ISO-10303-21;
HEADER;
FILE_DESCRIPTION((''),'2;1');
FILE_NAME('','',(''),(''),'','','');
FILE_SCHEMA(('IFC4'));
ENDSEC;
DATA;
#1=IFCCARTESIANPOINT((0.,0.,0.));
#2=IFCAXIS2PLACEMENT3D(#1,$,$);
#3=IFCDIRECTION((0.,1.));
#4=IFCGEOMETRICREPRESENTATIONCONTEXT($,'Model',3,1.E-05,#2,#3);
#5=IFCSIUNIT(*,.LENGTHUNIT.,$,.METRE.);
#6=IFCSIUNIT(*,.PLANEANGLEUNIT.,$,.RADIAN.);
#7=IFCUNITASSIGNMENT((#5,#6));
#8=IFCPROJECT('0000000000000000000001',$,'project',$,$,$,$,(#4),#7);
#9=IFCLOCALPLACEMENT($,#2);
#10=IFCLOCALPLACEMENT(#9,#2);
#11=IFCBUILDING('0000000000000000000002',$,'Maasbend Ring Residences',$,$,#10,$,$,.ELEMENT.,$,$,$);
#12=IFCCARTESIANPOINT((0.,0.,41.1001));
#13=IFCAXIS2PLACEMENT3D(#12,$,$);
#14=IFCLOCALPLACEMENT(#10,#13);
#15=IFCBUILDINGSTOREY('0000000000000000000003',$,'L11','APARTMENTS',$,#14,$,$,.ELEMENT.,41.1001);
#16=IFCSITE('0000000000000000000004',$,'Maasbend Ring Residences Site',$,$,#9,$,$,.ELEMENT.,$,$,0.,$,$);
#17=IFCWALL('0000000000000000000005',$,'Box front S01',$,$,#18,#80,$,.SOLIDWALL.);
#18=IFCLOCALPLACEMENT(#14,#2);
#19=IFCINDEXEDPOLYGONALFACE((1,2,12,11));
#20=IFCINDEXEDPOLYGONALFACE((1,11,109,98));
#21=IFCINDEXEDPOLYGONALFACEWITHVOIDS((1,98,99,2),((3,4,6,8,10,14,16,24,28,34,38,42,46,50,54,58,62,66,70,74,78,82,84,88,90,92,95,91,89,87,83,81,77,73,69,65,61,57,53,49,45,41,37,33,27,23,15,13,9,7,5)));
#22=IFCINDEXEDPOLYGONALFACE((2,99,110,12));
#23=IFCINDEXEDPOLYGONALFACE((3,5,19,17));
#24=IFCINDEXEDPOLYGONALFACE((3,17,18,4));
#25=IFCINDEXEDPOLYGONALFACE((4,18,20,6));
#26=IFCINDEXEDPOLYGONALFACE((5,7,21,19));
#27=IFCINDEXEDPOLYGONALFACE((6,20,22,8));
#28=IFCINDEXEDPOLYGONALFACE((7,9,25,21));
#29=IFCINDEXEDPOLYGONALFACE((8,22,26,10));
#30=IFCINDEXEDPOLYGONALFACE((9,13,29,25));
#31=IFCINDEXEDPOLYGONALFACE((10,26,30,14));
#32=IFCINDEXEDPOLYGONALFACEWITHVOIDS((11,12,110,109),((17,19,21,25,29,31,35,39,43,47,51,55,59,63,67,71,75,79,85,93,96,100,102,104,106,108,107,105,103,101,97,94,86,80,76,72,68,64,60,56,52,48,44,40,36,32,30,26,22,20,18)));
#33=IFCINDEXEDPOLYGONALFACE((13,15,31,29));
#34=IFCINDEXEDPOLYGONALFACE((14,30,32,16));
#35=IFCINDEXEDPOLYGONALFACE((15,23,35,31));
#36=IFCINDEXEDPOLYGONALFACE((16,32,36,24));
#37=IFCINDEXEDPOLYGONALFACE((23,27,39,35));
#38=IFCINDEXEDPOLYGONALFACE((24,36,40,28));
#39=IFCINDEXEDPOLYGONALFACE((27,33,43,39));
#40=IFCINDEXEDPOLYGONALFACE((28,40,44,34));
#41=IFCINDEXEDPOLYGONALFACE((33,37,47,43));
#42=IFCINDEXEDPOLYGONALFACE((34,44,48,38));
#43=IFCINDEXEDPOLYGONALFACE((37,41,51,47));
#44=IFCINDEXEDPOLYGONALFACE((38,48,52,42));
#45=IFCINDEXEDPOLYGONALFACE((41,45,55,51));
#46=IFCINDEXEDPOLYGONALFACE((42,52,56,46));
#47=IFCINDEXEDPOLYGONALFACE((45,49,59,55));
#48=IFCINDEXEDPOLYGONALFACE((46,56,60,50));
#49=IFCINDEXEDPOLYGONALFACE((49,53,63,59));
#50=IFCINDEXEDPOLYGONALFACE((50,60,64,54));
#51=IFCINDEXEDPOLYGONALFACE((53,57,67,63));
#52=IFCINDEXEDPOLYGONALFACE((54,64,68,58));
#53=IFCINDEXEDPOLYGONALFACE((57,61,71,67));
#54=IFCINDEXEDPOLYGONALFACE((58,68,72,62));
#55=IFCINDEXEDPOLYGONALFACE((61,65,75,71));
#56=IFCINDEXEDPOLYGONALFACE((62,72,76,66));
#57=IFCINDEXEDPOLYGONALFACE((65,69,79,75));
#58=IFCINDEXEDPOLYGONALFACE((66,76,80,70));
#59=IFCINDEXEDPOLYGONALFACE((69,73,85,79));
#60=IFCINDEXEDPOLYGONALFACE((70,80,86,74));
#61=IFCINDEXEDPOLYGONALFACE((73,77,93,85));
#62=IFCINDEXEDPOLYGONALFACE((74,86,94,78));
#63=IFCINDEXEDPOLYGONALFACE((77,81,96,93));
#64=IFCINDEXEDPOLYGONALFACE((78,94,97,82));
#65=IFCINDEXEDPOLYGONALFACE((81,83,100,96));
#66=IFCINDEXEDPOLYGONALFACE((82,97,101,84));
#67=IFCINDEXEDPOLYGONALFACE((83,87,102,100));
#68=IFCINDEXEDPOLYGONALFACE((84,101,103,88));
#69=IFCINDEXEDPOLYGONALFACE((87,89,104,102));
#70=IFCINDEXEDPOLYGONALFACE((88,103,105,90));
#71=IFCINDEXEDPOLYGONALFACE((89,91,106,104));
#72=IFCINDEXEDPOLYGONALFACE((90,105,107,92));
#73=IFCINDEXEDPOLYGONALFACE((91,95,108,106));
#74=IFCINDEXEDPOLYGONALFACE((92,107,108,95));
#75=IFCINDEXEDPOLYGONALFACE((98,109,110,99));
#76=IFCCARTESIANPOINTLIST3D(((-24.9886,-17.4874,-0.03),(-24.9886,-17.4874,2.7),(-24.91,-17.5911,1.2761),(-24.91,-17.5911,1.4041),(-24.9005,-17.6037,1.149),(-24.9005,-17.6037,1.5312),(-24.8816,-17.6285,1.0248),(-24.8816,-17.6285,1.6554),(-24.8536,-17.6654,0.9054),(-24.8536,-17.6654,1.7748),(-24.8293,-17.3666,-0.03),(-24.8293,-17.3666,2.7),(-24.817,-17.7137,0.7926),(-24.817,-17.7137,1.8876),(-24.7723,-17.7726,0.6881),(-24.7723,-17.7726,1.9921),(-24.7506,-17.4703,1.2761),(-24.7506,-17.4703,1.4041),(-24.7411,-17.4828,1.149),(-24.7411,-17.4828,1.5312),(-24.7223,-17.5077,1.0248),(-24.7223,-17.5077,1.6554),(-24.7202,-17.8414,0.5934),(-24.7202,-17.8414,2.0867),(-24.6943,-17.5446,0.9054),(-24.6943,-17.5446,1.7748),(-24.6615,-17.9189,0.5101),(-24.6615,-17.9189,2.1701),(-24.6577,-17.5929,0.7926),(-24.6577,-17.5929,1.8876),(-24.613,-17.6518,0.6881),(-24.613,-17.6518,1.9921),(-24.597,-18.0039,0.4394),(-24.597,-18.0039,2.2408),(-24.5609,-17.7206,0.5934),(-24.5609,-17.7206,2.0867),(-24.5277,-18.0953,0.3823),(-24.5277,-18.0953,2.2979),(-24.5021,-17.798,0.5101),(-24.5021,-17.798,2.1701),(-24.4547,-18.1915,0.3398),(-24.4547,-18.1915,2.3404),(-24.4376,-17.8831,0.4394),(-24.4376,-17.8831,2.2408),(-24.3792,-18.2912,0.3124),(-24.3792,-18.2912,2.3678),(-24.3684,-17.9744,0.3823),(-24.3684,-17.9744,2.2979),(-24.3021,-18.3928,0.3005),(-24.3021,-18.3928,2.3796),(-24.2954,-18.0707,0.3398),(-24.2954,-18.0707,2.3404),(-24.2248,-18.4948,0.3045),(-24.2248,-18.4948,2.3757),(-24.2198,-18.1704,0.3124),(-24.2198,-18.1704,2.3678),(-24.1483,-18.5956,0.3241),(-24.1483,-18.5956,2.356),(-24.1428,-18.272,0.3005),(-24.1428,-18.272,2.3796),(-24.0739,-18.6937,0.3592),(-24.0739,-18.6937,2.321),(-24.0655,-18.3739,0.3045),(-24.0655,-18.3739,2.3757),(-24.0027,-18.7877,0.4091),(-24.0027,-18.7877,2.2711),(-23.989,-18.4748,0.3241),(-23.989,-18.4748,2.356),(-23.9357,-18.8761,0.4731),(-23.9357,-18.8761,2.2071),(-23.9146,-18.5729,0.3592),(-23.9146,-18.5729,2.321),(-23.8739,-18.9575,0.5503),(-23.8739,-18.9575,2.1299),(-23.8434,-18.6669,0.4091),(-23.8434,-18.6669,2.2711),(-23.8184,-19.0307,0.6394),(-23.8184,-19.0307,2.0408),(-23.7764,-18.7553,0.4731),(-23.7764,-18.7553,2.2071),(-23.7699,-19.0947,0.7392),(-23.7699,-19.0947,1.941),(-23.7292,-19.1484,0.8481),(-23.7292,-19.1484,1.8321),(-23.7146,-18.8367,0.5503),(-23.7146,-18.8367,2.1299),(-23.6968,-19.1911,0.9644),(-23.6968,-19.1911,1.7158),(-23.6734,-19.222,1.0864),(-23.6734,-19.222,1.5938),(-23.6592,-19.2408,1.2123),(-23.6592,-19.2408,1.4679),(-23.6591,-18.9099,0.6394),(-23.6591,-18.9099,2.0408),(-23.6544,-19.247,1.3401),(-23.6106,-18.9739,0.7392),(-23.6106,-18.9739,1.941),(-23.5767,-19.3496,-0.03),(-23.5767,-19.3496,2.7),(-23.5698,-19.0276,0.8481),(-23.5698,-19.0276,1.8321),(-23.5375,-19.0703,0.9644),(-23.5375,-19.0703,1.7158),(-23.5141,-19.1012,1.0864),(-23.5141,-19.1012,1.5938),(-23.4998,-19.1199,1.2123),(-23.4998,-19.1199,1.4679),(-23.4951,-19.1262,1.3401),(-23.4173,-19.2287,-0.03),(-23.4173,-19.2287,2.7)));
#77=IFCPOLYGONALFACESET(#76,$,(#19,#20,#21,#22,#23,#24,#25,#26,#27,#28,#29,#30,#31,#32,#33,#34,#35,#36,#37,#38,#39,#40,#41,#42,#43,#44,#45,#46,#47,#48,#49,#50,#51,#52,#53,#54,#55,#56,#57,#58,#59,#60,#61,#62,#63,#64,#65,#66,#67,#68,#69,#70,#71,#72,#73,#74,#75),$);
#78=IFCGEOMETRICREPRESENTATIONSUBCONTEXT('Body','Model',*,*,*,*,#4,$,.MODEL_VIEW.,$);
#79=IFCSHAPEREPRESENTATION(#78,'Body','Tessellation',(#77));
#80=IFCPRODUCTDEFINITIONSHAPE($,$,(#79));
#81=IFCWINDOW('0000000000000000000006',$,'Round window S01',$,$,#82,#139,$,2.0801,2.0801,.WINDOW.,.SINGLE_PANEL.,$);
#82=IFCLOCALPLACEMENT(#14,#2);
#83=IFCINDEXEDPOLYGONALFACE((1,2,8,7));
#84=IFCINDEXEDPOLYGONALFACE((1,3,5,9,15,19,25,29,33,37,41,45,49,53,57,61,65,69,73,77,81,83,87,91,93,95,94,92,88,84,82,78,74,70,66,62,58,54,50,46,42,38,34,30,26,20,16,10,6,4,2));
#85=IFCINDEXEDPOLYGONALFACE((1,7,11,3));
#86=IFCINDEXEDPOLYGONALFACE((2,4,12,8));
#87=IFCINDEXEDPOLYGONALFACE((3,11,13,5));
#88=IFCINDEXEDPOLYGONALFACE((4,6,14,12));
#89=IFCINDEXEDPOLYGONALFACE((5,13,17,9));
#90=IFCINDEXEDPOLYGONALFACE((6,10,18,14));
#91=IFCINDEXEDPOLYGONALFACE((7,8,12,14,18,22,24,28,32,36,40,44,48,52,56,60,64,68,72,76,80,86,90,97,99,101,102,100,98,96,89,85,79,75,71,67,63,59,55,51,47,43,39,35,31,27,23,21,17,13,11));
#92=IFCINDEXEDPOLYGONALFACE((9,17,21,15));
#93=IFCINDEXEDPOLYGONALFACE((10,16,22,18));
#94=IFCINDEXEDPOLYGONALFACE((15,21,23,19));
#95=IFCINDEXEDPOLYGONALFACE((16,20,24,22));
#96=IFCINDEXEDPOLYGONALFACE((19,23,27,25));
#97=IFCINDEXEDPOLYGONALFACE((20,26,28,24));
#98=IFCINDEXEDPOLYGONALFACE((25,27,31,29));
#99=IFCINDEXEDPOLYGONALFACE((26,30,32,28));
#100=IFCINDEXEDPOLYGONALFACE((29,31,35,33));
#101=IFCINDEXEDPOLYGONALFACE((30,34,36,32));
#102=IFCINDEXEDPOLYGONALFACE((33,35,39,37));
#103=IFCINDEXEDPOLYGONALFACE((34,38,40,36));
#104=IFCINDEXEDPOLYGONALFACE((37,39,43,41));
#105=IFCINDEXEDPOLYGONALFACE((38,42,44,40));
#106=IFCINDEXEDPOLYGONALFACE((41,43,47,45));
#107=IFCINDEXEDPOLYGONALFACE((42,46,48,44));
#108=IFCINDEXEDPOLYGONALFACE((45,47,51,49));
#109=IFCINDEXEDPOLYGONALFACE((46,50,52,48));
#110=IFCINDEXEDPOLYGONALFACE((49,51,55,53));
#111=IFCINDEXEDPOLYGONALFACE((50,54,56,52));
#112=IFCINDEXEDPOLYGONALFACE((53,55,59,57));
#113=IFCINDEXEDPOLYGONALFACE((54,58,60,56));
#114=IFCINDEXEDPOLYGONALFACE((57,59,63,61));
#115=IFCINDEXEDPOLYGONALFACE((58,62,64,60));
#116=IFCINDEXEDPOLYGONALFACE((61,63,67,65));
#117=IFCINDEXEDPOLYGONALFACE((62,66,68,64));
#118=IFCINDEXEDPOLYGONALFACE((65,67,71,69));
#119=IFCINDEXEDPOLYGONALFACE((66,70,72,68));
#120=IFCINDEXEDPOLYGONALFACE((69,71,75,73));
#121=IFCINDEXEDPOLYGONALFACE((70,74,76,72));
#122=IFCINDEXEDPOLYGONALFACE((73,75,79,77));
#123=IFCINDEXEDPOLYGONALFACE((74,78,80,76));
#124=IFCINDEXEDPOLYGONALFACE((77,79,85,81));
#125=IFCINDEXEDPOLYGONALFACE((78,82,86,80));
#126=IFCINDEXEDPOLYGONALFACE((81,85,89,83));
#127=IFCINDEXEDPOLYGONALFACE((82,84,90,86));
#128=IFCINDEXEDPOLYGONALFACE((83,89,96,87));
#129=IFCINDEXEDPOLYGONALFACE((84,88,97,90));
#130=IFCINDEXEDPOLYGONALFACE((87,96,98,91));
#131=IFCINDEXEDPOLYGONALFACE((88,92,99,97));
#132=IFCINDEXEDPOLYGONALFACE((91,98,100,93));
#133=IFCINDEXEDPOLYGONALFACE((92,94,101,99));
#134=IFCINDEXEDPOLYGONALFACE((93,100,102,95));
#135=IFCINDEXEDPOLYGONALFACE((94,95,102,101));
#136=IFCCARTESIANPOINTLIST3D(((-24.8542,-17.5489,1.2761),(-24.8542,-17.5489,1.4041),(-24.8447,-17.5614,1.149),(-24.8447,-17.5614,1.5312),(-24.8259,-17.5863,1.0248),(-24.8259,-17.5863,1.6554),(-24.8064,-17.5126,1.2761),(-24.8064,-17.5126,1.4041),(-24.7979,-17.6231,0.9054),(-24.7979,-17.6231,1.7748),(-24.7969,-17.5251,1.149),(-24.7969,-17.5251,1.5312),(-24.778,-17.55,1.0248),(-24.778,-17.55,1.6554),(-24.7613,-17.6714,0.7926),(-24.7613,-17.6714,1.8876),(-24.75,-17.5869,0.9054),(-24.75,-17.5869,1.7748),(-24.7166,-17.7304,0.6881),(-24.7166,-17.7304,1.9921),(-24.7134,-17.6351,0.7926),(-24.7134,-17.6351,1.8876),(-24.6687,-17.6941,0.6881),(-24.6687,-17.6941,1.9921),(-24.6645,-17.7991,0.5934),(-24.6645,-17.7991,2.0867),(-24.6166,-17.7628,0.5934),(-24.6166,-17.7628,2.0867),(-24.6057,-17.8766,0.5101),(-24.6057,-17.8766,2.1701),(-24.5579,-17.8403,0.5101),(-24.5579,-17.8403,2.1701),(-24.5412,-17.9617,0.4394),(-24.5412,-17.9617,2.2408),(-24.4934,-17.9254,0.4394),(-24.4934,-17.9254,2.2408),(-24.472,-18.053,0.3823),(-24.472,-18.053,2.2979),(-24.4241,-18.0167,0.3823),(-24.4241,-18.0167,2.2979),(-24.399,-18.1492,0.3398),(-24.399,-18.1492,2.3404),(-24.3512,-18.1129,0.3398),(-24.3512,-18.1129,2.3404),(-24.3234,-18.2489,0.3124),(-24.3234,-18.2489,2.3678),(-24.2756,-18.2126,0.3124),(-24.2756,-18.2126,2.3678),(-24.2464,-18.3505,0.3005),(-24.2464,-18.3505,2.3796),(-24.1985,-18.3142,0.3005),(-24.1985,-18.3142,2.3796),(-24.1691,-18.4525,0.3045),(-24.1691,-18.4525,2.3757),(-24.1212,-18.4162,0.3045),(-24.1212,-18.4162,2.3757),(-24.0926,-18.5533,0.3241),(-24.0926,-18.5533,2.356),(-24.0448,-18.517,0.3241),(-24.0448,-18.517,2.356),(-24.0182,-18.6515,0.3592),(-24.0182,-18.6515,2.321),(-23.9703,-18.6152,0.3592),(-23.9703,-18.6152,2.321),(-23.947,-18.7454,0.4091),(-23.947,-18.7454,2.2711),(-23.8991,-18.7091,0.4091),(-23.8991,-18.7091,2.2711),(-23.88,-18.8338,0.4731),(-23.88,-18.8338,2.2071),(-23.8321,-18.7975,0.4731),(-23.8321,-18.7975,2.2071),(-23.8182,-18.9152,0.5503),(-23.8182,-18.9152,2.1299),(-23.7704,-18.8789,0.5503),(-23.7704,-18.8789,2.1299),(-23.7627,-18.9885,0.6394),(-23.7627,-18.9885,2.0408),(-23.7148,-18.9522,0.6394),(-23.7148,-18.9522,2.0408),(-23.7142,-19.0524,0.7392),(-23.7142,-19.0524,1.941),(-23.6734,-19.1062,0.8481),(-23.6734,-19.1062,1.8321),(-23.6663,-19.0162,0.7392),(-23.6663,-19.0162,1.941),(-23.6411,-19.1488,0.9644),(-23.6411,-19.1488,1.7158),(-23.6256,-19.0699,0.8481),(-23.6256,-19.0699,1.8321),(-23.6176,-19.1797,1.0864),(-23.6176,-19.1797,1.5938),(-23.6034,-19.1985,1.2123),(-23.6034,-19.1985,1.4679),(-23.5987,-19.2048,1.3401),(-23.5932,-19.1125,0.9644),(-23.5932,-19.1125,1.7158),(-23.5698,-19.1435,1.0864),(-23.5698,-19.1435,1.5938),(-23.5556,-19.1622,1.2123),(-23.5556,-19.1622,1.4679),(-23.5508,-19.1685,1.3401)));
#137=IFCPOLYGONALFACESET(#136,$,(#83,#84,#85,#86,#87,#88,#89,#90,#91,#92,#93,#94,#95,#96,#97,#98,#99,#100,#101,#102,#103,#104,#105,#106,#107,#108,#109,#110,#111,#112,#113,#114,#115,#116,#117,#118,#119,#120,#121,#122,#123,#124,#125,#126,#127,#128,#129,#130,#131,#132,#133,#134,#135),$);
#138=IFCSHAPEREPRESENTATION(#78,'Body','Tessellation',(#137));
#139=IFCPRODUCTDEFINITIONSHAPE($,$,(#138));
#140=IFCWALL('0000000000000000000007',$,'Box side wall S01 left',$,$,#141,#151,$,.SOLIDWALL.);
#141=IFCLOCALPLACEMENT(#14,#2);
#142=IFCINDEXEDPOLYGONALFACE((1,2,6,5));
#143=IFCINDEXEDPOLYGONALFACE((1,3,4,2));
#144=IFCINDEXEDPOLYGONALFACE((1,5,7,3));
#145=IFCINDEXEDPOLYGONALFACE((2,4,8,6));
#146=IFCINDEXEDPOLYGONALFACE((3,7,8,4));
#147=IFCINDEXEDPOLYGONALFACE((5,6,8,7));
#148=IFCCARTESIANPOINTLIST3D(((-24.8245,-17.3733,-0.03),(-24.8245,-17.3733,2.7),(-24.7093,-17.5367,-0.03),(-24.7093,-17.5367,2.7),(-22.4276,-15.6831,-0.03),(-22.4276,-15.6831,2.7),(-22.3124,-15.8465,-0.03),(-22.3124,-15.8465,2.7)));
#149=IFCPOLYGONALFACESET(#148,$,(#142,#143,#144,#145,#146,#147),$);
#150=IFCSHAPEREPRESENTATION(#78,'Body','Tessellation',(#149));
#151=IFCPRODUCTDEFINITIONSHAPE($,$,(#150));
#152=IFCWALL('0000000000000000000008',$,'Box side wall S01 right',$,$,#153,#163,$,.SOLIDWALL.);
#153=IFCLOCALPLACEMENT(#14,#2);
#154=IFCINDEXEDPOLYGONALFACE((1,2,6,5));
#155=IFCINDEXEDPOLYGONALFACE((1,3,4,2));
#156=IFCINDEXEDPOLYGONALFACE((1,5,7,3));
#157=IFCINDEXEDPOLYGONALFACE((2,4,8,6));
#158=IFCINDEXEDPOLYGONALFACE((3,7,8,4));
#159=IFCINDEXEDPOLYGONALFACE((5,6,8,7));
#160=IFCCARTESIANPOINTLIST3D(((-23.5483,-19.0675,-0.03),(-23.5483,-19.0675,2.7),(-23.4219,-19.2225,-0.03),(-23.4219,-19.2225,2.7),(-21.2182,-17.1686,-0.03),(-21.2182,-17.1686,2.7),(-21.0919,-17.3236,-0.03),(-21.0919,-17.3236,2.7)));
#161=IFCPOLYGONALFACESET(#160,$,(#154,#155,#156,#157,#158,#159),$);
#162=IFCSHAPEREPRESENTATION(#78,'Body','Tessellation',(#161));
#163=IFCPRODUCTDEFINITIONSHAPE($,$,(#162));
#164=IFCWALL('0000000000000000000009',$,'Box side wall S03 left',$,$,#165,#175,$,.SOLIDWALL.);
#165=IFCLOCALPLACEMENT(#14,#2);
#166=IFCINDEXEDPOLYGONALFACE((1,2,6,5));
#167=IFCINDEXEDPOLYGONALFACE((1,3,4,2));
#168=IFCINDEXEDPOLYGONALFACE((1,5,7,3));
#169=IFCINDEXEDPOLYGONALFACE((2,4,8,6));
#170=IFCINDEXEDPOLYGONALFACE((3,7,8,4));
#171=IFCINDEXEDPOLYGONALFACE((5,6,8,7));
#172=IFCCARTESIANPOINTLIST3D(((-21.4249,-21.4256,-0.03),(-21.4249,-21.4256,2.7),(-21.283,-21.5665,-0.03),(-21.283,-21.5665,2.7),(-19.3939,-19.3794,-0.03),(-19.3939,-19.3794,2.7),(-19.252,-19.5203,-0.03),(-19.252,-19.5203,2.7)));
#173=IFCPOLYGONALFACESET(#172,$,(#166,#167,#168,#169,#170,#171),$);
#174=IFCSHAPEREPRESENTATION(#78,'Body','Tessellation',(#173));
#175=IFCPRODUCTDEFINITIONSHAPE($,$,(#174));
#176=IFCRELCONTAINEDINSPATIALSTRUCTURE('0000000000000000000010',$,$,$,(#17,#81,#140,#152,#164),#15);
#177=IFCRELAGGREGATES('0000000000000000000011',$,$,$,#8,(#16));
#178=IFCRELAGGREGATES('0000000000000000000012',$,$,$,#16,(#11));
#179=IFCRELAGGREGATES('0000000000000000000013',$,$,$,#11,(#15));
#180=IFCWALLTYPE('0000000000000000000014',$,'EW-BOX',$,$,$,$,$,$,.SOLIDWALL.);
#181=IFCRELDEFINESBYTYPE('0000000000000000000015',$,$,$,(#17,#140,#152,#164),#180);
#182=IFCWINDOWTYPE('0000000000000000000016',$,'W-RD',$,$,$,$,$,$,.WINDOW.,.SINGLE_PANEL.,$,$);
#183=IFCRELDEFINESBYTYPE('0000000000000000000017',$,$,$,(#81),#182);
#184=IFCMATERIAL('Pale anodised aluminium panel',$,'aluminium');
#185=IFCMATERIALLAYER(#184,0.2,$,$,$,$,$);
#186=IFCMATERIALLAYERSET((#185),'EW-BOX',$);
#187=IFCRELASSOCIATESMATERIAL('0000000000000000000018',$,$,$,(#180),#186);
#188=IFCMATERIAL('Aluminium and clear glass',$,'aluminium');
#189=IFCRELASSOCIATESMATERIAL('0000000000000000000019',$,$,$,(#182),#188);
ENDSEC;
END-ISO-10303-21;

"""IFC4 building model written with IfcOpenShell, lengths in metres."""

from ifc_helpers import new_model, si_unit, direction, frame, frame_2d, origin, place, context, subcontext, project, spatial, rectangle, circle, extrude, material, layer, layer_set, type_object, element, fill, save


model = new_model("IFC4")

# Units and contexts
model_context = context("Model", 3, precision=1e-05, world=origin(), true_north=direction((0.0, 1.0)))
body_context = subcontext(model_context, "Body", "Model", "MODEL_VIEW")
ifc_project = project(units=[si_unit("LENGTHUNIT", "METRE"), si_unit("PLANEANGLEUNIT", "RADIAN")], contexts=[model_context])

# Site, building, storey
site_placement = place(None, origin())
site = spatial("IfcSite", under=ifc_project, at=site_placement, Name="Maasbend Ring Residences Site", CompositionType="ELEMENT", RefElevation=0.0)
building_placement = place(site_placement, origin())
building = spatial("IfcBuilding", under=site, at=building_placement, Name="Maasbend Ring Residences", CompositionType="ELEMENT")
storey_placement = place(building_placement, frame((0.0, 0.0, 41.1001)))
storey = spatial("IfcBuildingStorey", under=building, at=storey_placement, Name="L11", Description="APARTMENTS", CompositionType="ELEMENT", Elevation=41.1001)

# Wall, opening, window
ifc_material_1 = material(Name="Pale anodised aluminium panel", Category="aluminium")
ifc_layer_1 = layer(ifc_material_1, 0.2)
ifc_layer_set_1 = layer_set([ifc_layer_1], Name="EW-BOX")
wall_type_1 = type_object("IfcWallType", Name="EW-BOX", PredefinedType="SOLIDWALL", material=ifc_layer_set_1)
wall_1_placement = place(storey_placement, frame((-24.9089, -17.427, -0.03), z_axis=(0.0, 0.0, 1.0), x_axis=(0.604188, -0.796842, 0.0)))
wall_1 = element("IfcWall", 1, at=wall_1_placement, inside=storey, type_object=wall_type_1, Name="Box front S01", PredefinedType="SOLIDWALL", context=body_context, shape_type="SweptSolid", body=[
    extrude(rectangle(XDim=2.3369, YDim=0.2, at=frame_2d((1.1685, 0.0))), origin(), (0.0, 0.0, 1.0), 2.73),
])
opening_1_placement = place(wall_1_placement, frame((0.1282, 0.0, 0.3301)))
opening_1 = element("IfcOpeningElement", 2, at=opening_1_placement, cuts=wall_1, PredefinedType="OPENING", context=body_context, shape_type="SweptSolid", body=[
    extrude(circle(Radius=1.04, at=frame_2d((1.04, 1.04))), frame((0.0, 0.1099, 0.0), z_axis=(0.0, -1.0, 0.0), x_axis=(1.0, 0.0, 0.0)), (0.0, 0.0, 1.0), 0.22),
])
ifc_material_2 = material(Name="Aluminium and clear glass", Category="aluminium")
window_type_1 = type_object("IfcWindowType", Name="W-RD", PartitioningType="SINGLE_PANEL", PredefinedType="WINDOW", material=ifc_material_2)
window_1_placement = place(opening_1_placement, origin())
window_1 = element("IfcWindow", 3, at=window_1_placement, inside=storey, type_object=window_type_1, Name="Round window S01", OverallHeight=2.0801, OverallWidth=2.0801, PartitioningType="SINGLE_PANEL", PredefinedType="WINDOW", context=body_context, shape_type="SweptSolid", body=[
    extrude(circle(Radius=1.04, at=frame_2d((1.04, 1.04))), frame((0.0, 0.03, 0.0), z_axis=(0.0, -1.0, 0.0), x_axis=(1.0, 0.0, 0.0)), (0.0, 0.0, 1.0), 0.0601),
])
fill(opening_1, window_1)

# Walls
wall_2_placement = place(storey_placement, frame((-22.3701, -15.7649, -0.03), z_axis=(0.0, 0.0, 1.0), x_axis=(-0.817256, -0.576275, 0.0)))
element("IfcWall", 4, at=wall_2_placement, inside=storey, type_object=wall_type_1, Name="Box side wall S01 left", PredefinedType="SOLIDWALL", context=body_context, shape_type="SweptSolid", body=[
    extrude(rectangle(XDim=2.9329, YDim=0.2, at=frame_2d((1.4663, 0.0))), origin(), (0.0, 0.0, 1.0), 2.73),
])
wall_3_placement = place(storey_placement, frame((-21.155, -17.2461, -0.03), z_axis=(0.0, 0.0, 1.0), x_axis=(-0.775179, -0.631742, 0.0)))
element("IfcWall", 5, at=wall_3_placement, inside=storey, type_object=wall_type_1, Name="Box side wall S01 right", PredefinedType="SOLIDWALL", context=body_context, shape_type="SweptSolid", body=[
    extrude(rectangle(XDim=3.0059, YDim=0.2, at=frame_2d((1.5029, 0.0))), origin(), (0.0, 0.0, 1.0), 2.73),
])
wall_4_placement = place(storey_placement, frame((-19.323, -19.45, -0.03), z_axis=(0.0, 0.0, 1.0), x_axis=(-0.704477, -0.709727, 0.0)))
element("IfcWall", 6, at=wall_4_placement, inside=storey, type_object=wall_type_1, Name="Box side wall S03 left", PredefinedType="SOLIDWALL", context=body_context, shape_type="SweptSolid", body=[
    extrude(rectangle(XDim=2.8831, YDim=0.2, at=frame_2d((1.4414, 0.0))), origin(), (0.0, 0.0, 1.0), 2.73),
])

save(model, "model.ifc")
